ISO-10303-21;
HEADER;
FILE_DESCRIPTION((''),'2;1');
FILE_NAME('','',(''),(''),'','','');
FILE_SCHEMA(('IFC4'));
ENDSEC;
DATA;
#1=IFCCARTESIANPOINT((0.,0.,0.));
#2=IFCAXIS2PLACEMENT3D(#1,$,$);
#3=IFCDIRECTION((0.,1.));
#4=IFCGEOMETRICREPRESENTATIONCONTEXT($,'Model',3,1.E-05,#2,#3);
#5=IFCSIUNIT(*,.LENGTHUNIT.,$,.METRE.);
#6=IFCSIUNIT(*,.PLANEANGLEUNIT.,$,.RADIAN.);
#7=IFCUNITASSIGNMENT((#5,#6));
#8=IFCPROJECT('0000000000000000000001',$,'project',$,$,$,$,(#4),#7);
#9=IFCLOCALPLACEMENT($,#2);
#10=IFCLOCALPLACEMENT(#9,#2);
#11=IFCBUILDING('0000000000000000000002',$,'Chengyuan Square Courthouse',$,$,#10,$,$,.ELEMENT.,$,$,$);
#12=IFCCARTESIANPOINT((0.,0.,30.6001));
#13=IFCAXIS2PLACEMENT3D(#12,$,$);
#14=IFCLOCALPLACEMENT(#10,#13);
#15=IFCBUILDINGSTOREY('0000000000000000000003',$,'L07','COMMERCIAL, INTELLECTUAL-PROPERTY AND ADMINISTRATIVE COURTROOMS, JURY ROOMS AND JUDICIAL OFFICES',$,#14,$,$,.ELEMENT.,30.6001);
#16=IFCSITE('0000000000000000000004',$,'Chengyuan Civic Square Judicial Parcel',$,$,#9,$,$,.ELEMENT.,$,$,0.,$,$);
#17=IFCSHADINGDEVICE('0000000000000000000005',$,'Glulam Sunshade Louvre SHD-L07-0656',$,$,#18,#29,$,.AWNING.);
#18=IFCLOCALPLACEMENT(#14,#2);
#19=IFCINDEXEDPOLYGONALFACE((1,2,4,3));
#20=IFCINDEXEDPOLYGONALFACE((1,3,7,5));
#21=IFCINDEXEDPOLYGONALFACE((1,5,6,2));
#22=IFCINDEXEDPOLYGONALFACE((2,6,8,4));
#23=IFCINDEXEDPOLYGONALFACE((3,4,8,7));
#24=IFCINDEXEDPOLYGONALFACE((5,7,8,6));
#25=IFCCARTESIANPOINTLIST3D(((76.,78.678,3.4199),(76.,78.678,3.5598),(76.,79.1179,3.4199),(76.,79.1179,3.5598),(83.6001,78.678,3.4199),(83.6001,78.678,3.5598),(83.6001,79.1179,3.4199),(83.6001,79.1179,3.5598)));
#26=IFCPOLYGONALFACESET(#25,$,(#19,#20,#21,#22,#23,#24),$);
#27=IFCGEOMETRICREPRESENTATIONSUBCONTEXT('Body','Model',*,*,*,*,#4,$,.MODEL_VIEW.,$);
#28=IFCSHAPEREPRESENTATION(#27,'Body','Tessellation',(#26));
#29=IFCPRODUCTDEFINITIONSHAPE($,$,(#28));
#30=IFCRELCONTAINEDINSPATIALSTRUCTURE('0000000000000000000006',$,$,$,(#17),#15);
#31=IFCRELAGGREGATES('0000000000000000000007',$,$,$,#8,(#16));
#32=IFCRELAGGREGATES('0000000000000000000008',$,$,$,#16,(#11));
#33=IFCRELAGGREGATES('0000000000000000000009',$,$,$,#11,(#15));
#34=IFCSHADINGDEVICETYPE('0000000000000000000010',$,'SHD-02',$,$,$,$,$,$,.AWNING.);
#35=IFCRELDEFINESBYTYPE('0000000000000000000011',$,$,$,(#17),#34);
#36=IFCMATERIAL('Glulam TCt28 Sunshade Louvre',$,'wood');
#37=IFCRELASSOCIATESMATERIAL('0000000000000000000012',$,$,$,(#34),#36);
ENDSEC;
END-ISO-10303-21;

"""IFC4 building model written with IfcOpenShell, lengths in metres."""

from ifc_helpers import new_model, si_unit, direction, frame, origin, origin_2d, place, context, subcontext, project, spatial, rectangle, extrude, material, type_object, element, save


model = new_model("IFC4")

# Units and contexts
model_context = context("Model", 3, precision=1e-05, world=origin(), true_north=direction((0.0, 1.0)))
body_context = subcontext(model_context, "Body", "Model", "MODEL_VIEW")
ifc_project = project(units=[si_unit("LENGTHUNIT", "METRE"), si_unit("PLANEANGLEUNIT", "RADIAN")], contexts=[model_context])

# Site, building, storey
site_placement = place(None, origin())
site = spatial("IfcSite", under=ifc_project, at=site_placement, Name="Chengyuan Civic Square Judicial Parcel", CompositionType="ELEMENT", RefElevation=0.0)
building_placement = place(site_placement, origin())
building = spatial("IfcBuilding", under=site, at=building_placement, Name="Chengyuan Square Courthouse", CompositionType="ELEMENT")
storey_placement = place(building_placement, frame((0.0, 0.0, 30.6001)))
storey = spatial("IfcBuildingStorey", under=building, at=storey_placement, Name="L07", Description="COMMERCIAL, INTELLECTUAL-PROPERTY AND ADMINISTRATIVE COURTROOMS, JURY ROOMS AND JUDICIAL OFFICES", CompositionType="ELEMENT", Elevation=30.6001)

# Shading device
ifc_material_1 = material(Name="Glulam TCt28 Sunshade Louvre", Category="wood")
shading_device_type_1 = type_object("IfcShadingDeviceType", Name="SHD-02", PredefinedType="AWNING", material=ifc_material_1)
shading_device_1_placement = place(storey_placement, frame((79.8, 78.8979, 3.4199), z_axis=(0.0, 0.0, 1.0), x_axis=(1.0, 0.0, 0.0)))
element("IfcShadingDevice", 1, at=shading_device_1_placement, inside=storey, type_object=shading_device_type_1, Name="Glulam Sunshade Louvre SHD-L07-0656", PredefinedType="AWNING", context=body_context, shape_type="SweptSolid", body=[
    extrude(rectangle(XDim=7.6001, YDim=0.4399, at=origin_2d()), origin(), (0.0, 0.0, 1.0), 0.1399),
])

save(model, "model.ifc")
